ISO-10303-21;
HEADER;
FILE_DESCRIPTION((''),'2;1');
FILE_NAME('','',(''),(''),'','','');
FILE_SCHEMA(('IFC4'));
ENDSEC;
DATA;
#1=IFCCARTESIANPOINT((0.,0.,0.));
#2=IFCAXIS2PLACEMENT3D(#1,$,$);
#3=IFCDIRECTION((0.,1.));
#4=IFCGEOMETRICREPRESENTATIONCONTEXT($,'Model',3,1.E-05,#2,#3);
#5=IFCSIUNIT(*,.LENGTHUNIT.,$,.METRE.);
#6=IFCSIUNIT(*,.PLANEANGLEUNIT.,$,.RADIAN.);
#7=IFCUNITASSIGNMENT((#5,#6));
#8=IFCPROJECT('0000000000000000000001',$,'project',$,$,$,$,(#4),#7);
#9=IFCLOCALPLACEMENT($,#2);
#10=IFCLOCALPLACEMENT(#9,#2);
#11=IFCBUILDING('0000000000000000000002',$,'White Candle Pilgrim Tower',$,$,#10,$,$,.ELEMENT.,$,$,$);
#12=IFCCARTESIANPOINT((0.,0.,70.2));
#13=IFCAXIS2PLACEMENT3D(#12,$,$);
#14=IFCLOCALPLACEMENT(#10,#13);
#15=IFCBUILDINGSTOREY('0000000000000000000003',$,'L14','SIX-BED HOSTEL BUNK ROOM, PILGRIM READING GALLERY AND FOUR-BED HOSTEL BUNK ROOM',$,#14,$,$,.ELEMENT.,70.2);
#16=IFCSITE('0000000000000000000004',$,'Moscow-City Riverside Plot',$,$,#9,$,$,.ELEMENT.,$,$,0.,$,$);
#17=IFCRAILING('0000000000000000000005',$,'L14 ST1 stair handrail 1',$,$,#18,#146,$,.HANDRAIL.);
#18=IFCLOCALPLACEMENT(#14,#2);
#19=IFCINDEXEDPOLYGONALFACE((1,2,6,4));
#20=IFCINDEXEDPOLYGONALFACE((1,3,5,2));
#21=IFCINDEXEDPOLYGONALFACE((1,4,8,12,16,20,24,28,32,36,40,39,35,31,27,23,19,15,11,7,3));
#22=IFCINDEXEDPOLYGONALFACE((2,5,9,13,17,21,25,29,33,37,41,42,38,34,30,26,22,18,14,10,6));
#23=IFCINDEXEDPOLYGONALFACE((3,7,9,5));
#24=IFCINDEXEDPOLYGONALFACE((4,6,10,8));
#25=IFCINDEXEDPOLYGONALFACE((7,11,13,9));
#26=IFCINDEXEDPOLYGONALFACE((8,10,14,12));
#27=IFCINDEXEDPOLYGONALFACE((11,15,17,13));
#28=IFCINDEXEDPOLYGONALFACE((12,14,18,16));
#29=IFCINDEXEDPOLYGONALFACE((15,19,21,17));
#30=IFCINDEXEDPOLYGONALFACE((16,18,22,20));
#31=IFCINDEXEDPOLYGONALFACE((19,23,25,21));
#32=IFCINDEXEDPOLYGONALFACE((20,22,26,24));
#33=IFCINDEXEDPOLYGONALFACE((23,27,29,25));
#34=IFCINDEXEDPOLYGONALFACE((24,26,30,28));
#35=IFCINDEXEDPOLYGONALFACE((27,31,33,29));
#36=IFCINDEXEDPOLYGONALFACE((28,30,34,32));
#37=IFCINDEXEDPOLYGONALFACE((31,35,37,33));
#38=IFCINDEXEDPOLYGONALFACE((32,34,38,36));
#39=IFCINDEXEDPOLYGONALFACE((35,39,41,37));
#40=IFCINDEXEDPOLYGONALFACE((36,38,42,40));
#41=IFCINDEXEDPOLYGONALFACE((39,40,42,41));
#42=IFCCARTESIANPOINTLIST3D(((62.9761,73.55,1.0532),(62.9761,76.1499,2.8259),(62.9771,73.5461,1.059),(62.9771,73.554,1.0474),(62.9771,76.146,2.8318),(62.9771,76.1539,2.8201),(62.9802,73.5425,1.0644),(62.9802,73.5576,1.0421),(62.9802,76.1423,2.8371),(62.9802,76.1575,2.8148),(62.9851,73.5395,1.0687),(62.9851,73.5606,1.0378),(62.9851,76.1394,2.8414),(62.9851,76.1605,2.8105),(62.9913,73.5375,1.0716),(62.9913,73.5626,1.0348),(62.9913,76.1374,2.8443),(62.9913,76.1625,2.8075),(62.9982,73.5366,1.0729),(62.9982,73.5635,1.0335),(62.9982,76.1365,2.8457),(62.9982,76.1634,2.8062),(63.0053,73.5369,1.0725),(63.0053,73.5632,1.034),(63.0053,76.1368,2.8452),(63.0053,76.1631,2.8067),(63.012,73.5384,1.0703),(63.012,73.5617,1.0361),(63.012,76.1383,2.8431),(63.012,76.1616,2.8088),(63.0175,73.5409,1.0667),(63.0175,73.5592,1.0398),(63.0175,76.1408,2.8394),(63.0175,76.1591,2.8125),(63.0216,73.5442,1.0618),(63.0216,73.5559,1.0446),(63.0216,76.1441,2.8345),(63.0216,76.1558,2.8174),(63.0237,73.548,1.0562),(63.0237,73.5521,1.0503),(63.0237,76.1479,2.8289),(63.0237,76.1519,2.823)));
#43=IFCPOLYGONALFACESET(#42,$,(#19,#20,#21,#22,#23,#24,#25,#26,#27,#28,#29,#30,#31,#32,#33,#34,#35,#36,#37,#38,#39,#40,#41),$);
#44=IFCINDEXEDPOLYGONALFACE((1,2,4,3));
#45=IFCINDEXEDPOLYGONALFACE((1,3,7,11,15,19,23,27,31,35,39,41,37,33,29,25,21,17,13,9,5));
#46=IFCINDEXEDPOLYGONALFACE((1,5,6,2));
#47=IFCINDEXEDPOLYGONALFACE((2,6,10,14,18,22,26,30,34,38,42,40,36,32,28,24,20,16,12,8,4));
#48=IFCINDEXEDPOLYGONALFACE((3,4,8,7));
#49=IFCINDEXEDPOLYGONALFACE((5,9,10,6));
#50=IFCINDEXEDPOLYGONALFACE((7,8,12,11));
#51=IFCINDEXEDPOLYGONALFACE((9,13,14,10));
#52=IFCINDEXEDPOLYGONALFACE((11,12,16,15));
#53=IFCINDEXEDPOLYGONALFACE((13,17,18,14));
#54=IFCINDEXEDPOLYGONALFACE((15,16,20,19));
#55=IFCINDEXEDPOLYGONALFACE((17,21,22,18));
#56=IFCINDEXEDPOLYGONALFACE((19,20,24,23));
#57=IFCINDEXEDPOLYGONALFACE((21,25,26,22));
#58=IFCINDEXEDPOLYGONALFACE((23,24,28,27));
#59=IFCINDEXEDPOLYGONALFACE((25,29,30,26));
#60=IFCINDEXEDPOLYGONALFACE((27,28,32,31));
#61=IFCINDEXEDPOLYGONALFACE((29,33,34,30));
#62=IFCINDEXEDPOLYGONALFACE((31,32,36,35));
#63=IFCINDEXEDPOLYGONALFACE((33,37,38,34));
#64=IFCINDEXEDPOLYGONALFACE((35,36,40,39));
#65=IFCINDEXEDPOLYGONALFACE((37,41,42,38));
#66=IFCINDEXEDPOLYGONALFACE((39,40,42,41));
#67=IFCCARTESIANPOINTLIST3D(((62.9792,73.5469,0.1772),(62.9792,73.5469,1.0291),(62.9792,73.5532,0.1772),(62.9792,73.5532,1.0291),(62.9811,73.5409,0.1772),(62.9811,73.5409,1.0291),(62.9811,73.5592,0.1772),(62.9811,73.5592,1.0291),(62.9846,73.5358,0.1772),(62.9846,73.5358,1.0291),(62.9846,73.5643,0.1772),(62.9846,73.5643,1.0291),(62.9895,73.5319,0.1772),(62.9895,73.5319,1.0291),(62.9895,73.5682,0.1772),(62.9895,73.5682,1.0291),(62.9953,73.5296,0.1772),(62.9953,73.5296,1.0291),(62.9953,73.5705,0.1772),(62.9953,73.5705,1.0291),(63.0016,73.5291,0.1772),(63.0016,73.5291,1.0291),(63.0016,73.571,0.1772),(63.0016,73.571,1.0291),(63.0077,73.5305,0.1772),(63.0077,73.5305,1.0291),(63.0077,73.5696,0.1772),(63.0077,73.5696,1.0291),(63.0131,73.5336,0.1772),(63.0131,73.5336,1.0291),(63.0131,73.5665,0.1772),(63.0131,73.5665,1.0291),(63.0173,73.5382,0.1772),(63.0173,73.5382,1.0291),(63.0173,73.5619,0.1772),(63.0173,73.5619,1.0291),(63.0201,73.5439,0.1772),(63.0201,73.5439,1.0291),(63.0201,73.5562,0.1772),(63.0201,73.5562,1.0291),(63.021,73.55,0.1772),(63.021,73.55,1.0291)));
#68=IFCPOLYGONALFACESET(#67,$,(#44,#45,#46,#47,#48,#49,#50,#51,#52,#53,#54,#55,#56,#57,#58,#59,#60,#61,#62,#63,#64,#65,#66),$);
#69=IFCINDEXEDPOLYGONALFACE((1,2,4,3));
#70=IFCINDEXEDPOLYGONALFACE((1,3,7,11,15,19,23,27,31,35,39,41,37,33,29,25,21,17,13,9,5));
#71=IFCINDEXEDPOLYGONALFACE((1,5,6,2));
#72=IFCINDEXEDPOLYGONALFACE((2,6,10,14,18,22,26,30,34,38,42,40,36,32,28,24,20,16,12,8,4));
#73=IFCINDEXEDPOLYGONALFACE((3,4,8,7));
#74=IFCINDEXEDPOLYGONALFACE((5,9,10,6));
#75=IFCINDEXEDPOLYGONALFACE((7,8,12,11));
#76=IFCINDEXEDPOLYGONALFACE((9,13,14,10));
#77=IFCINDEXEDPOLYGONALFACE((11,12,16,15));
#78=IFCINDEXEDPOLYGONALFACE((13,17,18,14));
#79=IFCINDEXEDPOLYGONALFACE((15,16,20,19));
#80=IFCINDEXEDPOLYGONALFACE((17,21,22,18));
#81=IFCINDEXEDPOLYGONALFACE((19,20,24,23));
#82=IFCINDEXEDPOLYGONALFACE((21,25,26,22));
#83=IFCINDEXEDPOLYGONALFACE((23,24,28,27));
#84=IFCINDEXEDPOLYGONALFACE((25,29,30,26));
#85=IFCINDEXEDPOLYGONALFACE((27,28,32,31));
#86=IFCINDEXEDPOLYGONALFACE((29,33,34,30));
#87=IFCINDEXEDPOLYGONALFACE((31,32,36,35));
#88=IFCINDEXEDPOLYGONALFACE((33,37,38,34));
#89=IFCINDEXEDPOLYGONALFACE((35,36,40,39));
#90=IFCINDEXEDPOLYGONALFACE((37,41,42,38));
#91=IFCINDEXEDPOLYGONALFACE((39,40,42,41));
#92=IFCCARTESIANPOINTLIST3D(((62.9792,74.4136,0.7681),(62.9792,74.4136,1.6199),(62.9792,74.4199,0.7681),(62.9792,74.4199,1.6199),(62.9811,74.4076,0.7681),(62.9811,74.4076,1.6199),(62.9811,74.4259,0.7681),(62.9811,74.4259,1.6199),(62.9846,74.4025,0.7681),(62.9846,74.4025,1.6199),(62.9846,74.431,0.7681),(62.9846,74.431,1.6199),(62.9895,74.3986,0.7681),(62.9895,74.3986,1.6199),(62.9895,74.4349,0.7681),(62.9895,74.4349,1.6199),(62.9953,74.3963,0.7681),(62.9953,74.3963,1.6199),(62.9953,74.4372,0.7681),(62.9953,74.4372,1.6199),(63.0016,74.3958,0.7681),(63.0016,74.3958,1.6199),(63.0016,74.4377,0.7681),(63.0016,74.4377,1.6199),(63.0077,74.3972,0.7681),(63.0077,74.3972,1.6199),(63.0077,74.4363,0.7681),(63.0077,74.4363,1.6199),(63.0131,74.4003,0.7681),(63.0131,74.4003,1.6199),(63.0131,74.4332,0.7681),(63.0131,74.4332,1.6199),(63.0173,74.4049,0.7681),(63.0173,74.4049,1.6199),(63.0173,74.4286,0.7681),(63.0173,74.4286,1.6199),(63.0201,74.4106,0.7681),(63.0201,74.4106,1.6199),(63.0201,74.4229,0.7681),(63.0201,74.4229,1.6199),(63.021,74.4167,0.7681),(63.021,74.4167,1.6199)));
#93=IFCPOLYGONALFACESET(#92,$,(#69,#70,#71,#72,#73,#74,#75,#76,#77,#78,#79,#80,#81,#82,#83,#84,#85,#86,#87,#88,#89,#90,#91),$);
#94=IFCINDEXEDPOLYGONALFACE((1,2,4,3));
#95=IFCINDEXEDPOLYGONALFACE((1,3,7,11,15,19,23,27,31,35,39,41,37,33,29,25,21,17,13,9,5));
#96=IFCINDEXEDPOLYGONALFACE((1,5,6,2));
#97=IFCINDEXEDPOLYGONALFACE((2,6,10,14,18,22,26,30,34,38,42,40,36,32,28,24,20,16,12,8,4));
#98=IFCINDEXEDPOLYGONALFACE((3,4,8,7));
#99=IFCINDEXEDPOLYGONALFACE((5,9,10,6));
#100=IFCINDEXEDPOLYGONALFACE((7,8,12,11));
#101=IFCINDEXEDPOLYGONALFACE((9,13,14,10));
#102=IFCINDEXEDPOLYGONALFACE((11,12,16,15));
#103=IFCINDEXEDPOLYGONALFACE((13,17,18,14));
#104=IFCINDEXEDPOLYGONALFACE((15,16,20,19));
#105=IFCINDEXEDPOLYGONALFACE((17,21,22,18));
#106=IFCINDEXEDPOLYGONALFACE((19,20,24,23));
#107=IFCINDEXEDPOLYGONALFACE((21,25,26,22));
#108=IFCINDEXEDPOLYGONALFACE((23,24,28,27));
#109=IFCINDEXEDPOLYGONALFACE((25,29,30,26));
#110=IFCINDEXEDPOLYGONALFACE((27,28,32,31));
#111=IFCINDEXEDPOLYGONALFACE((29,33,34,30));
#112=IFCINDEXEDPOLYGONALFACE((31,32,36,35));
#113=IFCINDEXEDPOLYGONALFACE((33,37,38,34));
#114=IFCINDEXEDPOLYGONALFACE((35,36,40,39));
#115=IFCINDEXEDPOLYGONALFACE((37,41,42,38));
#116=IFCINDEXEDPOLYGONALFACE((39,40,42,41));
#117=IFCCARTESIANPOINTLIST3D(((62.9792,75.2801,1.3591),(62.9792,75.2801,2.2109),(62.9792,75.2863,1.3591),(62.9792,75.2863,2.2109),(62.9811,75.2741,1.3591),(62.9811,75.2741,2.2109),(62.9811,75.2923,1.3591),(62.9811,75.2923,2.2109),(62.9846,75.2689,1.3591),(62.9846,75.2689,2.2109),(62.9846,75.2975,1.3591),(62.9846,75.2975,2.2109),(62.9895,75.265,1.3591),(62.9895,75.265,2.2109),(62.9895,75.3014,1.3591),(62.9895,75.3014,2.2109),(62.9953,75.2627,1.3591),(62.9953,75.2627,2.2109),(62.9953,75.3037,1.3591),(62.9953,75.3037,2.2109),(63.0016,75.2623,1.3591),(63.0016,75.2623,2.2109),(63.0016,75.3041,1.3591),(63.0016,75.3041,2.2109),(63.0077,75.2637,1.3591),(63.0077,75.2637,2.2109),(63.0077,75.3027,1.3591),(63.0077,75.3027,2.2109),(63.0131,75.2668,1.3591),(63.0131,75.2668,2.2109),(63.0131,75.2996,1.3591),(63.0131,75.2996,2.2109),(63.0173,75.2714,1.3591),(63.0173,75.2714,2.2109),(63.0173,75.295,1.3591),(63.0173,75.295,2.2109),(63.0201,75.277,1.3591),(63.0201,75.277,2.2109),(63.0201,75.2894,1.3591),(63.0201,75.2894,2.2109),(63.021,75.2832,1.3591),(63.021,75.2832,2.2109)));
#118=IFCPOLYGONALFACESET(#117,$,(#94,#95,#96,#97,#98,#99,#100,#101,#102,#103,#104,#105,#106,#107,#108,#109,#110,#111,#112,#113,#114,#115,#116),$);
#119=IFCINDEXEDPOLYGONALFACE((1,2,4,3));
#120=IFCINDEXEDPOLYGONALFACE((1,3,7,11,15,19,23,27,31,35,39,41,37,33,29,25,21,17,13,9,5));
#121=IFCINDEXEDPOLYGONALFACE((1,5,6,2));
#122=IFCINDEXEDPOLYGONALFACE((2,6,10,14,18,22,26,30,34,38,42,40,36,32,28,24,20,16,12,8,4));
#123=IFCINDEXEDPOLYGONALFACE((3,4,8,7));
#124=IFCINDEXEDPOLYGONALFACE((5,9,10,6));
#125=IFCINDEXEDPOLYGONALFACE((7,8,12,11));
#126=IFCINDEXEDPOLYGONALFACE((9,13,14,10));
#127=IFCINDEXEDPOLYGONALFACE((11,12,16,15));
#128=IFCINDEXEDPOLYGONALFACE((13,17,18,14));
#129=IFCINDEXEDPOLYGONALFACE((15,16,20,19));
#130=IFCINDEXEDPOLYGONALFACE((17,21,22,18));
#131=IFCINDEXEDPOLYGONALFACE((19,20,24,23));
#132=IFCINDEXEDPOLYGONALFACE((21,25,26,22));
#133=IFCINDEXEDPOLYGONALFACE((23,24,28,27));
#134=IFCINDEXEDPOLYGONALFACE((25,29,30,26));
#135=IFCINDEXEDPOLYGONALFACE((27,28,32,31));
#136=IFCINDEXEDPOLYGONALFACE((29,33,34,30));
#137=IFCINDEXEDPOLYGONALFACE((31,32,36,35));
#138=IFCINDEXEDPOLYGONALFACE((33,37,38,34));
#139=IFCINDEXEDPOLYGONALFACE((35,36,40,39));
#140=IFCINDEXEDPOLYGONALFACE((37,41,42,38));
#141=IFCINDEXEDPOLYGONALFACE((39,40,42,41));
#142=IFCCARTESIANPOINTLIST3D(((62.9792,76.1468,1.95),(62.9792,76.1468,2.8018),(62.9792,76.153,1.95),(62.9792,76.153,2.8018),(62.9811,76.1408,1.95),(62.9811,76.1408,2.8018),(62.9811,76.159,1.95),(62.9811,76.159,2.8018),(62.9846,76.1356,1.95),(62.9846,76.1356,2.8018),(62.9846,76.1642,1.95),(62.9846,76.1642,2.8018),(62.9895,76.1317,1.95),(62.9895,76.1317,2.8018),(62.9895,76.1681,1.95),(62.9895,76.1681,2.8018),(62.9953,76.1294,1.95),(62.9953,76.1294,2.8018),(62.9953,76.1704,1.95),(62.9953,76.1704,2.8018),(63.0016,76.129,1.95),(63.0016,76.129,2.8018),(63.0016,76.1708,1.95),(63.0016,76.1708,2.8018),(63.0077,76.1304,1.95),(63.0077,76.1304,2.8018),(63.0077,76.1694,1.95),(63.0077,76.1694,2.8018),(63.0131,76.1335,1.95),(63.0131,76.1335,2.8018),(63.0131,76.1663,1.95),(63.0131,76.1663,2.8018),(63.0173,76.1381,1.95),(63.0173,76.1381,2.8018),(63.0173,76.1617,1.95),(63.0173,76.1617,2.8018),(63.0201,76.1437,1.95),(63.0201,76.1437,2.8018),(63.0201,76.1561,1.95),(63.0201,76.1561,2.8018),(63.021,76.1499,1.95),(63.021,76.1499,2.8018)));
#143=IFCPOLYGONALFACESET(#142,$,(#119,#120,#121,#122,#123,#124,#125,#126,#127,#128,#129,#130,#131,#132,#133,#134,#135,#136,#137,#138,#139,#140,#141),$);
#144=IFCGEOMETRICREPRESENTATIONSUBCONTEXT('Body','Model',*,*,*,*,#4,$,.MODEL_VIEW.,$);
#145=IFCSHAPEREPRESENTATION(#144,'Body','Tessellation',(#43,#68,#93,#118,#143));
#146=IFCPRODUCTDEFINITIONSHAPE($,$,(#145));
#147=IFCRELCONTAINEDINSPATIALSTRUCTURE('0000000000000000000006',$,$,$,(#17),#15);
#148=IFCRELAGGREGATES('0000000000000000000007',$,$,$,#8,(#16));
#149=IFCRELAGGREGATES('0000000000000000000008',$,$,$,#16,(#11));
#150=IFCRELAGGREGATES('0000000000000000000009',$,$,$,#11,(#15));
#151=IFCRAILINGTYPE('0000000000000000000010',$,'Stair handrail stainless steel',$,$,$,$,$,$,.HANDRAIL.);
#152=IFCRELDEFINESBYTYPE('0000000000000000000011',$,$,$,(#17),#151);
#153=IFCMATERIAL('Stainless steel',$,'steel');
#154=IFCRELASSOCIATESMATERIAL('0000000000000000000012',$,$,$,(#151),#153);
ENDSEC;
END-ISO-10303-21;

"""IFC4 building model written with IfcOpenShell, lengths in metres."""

from ifc_helpers import new_model, si_unit, direction, frame, origin, origin_2d, place, context, subcontext, project, spatial, circle, extrude, material, type_object, element, save


model = new_model("IFC4")

# Units and contexts
model_context = context("Model", 3, precision=1e-05, world=origin(), true_north=direction((0.0, 1.0)))
body_context = subcontext(model_context, "Body", "Model", "MODEL_VIEW")
ifc_project = project(units=[si_unit("LENGTHUNIT", "METRE"), si_unit("PLANEANGLEUNIT", "RADIAN")], contexts=[model_context])

# Site, building, storey
site_placement = place(None, origin())
site = spatial("IfcSite", under=ifc_project, at=site_placement, Name="Moscow-City Riverside Plot", CompositionType="ELEMENT", RefElevation=0.0)
building_placement = place(site_placement, origin())
building = spatial("IfcBuilding", under=site, at=building_placement, Name="White Candle Pilgrim Tower", CompositionType="ELEMENT")
storey_placement = place(building_placement, frame((0.0, 0.0, 70.2)))
storey = spatial("IfcBuildingStorey", under=building, at=storey_placement, Name="L14", Description="SIX-BED HOSTEL BUNK ROOM, PILGRIM READING GALLERY AND FOUR-BED HOSTEL BUNK ROOM", CompositionType="ELEMENT", Elevation=70.2)

# Railing
ifc_material_1 = material(Name="Stainless steel", Category="steel")
railing_type_1 = type_object("IfcRailingType", Name="Stair handrail stainless steel", PredefinedType="HANDRAIL", material=ifc_material_1)
railing_1_placement = place(storey_placement, frame((63.0, 73.55, 0.1772)))
element("IfcRailing", 1, at=railing_1_placement, inside=storey, type_object=railing_type_1, Name="L14 ST1 stair handrail 1", PredefinedType="HANDRAIL", context=body_context, shape_type="SweptSolid", body=[
    extrude(circle(Radius=0.0239, at=origin_2d()), frame((0.0, 0.0, 0.876), z_axis=(0.0, 0.826216, 0.563354), x_axis=(-1.0, 0.0, 0.0)), (0.0, 0.0, 1.0), 3.1467),
    extrude(circle(Radius=0.021, at=origin_2d()), origin(), (0.0, 0.0, 1.0), 0.8518),
    extrude(circle(Radius=0.021, at=origin_2d()), frame((0.0, 0.8667, 0.5908)), (0.0, 0.0, 1.0), 0.8518),
    extrude(circle(Radius=0.021, at=origin_2d()), frame((0.0, 1.7332, 1.1819)), (0.0, 0.0, 1.0), 0.8518),
    extrude(circle(Radius=0.021, at=origin_2d()), frame((0.0, 2.5999, 1.7727)), (0.0, 0.0, 1.0), 0.8518),
])

save(model, "model.ifc")
